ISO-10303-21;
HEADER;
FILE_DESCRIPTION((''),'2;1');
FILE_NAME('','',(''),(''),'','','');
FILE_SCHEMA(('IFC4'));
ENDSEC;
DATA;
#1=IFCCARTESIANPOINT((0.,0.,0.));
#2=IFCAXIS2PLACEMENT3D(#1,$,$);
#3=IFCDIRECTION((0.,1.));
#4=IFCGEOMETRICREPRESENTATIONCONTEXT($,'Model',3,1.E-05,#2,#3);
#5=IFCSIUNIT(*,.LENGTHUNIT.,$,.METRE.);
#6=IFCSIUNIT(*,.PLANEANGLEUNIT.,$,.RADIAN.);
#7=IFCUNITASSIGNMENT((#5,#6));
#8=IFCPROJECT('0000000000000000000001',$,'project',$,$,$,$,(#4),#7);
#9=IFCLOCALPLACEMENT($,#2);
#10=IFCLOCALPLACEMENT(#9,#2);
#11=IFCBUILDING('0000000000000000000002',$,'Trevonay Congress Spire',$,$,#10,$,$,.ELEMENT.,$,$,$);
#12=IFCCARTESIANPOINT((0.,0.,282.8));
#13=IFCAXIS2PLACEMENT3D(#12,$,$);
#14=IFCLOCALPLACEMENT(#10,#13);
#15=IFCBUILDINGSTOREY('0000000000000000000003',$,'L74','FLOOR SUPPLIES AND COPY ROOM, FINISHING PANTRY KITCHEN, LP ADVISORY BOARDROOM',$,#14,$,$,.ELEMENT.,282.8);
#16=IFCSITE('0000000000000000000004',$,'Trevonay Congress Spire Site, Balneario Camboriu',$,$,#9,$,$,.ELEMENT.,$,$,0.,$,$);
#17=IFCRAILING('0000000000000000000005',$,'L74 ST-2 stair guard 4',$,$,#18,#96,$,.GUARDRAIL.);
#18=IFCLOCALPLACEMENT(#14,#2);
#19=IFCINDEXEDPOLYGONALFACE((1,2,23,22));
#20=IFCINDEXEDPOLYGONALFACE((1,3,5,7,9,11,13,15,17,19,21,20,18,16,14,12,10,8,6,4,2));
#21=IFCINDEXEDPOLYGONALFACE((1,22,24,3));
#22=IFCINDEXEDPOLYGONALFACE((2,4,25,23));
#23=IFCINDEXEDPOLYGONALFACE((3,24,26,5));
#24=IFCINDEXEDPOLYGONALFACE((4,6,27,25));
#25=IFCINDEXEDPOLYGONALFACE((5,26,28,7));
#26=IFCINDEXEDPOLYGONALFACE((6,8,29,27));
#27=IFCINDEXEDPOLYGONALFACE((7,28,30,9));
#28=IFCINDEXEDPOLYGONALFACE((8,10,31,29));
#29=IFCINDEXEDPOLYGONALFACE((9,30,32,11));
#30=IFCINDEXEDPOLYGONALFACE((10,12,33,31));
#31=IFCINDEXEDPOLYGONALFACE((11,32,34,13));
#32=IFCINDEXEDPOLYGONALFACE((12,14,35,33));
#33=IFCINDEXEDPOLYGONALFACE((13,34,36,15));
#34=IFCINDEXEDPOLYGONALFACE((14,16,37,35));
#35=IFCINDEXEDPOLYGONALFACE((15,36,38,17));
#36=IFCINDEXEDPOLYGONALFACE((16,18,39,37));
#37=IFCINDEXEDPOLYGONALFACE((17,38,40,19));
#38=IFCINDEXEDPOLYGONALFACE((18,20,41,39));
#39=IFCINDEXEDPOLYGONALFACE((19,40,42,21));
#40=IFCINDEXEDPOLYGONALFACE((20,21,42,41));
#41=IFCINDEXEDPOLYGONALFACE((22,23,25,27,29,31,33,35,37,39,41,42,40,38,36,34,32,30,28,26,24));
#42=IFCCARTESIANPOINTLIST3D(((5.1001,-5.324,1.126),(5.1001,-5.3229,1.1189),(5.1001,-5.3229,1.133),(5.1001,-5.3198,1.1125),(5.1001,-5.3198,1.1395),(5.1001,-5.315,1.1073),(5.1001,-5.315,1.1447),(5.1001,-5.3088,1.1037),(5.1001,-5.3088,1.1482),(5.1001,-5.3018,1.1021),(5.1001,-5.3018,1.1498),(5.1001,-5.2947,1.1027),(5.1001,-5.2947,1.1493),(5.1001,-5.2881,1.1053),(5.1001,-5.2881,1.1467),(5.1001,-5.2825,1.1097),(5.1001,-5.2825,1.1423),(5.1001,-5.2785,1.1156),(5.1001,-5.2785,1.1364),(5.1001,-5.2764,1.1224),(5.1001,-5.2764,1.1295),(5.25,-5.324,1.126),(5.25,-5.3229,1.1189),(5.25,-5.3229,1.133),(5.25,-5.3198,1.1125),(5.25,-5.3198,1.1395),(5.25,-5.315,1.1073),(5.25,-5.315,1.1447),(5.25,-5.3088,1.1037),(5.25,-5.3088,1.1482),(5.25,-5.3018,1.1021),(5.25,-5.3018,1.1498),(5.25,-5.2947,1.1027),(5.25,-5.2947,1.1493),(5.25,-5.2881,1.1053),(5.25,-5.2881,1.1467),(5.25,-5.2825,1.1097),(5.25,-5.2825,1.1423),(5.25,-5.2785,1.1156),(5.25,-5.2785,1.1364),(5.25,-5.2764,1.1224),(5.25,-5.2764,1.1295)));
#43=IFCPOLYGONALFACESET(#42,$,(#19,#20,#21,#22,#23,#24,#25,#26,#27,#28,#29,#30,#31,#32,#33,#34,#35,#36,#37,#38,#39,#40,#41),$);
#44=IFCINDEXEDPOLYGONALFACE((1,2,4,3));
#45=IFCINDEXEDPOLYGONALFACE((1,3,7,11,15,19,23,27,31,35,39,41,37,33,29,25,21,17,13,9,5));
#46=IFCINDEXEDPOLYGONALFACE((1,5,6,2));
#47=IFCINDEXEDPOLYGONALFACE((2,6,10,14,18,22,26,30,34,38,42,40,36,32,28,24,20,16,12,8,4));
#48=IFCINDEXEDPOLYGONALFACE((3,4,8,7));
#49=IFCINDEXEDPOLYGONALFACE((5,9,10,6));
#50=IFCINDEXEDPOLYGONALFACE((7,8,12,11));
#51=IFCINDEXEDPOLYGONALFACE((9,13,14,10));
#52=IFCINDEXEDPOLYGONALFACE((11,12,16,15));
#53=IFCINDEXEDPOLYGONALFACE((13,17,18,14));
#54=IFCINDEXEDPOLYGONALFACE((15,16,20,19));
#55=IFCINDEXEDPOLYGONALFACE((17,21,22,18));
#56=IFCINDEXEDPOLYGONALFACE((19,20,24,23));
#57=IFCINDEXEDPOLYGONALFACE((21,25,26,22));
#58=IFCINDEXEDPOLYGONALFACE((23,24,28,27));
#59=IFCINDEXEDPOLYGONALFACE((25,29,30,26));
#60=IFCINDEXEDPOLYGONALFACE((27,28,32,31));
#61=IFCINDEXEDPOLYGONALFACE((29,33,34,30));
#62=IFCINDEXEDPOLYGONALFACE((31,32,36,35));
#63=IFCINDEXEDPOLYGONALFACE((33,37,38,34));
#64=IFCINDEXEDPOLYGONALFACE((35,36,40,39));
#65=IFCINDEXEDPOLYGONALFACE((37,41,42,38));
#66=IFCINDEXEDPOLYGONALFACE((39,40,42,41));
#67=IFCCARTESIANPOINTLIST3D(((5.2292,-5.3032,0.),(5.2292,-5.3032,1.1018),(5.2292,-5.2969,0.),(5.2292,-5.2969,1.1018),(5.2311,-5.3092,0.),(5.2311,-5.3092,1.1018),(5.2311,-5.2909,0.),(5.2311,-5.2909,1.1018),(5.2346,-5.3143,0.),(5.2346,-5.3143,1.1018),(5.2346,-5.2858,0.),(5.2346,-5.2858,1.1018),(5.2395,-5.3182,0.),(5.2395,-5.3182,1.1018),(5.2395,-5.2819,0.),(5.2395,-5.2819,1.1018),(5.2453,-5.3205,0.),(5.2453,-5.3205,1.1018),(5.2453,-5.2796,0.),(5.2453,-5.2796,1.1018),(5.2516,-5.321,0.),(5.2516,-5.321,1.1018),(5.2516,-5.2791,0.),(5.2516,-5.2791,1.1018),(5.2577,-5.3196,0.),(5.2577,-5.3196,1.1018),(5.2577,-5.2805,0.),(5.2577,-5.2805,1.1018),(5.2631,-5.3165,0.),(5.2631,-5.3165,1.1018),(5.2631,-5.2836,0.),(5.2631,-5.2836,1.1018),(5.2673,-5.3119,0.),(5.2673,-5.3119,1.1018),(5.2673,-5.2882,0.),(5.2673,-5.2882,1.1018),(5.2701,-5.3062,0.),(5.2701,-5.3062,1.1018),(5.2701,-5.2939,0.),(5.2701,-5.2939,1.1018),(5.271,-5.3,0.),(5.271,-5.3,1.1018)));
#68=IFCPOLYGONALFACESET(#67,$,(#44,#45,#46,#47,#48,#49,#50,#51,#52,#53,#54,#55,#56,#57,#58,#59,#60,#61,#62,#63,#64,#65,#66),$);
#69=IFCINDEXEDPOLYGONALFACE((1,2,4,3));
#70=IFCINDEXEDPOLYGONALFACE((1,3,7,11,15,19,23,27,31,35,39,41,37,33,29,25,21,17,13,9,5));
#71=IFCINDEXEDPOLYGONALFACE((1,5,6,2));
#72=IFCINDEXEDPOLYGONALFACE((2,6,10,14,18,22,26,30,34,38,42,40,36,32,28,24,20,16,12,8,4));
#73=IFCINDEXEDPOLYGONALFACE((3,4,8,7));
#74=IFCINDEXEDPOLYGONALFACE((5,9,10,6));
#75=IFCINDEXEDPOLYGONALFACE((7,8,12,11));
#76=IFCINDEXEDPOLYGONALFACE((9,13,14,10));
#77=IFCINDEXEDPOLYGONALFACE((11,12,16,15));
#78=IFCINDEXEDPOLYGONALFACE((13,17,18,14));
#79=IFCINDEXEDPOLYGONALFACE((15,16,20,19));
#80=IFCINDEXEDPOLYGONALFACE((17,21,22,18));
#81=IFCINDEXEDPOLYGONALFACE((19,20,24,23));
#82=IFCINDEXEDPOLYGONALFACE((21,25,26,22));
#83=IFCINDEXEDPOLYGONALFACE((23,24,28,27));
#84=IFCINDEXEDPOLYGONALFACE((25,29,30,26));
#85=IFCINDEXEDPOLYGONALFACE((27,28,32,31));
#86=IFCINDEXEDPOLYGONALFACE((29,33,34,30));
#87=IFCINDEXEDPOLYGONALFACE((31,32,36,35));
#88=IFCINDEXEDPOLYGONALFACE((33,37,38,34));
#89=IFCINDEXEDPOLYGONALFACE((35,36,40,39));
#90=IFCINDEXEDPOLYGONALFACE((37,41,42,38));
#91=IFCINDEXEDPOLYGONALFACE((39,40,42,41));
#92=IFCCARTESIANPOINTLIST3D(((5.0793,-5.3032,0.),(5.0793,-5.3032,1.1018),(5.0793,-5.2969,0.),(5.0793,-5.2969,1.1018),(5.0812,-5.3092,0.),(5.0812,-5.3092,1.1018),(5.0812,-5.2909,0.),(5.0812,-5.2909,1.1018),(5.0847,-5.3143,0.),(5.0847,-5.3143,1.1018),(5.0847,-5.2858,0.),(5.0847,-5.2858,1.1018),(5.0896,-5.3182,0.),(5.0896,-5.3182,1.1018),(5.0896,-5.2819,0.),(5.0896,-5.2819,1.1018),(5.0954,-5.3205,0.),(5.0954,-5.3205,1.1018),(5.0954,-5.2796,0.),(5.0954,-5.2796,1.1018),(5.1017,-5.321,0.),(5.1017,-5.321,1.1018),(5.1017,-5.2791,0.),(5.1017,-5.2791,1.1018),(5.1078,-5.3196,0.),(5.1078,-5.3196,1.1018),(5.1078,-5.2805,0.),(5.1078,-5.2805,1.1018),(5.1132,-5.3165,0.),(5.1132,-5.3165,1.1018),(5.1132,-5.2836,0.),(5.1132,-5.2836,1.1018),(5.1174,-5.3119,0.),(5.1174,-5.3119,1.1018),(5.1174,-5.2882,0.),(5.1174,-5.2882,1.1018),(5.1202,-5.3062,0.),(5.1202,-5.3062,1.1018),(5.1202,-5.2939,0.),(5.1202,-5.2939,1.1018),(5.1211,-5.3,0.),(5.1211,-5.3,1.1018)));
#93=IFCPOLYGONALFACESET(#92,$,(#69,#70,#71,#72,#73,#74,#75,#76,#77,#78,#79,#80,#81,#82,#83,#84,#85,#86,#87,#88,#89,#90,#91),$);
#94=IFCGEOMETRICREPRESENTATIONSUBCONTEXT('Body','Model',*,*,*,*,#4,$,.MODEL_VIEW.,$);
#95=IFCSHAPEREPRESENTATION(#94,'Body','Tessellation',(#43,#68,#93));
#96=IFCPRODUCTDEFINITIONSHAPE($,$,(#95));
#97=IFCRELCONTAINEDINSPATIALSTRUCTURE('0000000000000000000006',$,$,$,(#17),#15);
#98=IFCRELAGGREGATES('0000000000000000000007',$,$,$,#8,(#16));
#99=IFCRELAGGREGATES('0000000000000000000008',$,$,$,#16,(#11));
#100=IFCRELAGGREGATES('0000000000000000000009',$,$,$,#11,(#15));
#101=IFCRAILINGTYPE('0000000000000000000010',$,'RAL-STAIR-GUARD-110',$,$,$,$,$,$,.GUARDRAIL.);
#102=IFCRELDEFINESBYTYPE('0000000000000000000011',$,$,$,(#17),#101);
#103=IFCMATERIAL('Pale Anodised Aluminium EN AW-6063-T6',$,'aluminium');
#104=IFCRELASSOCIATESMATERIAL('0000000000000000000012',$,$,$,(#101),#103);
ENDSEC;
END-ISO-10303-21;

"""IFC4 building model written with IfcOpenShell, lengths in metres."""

from ifc_helpers import new_model, si_unit, direction, frame, origin, origin_2d, place, context, subcontext, project, spatial, circle, extrude, material, type_object, element, save


model = new_model("IFC4")

# Units and contexts
model_context = context("Model", 3, precision=1e-05, world=origin(), true_north=direction((0.0, 1.0)))
body_context = subcontext(model_context, "Body", "Model", "MODEL_VIEW")
ifc_project = project(units=[si_unit("LENGTHUNIT", "METRE"), si_unit("PLANEANGLEUNIT", "RADIAN")], contexts=[model_context])

# Site, building, storey
site_placement = place(None, origin())
site = spatial("IfcSite", under=ifc_project, at=site_placement, Name="Trevonay Congress Spire Site, Balneario Camboriu", CompositionType="ELEMENT", RefElevation=0.0)
building_placement = place(site_placement, origin())
building = spatial("IfcBuilding", under=site, at=building_placement, Name="Trevonay Congress Spire", CompositionType="ELEMENT")
storey_placement = place(building_placement, frame((0.0, 0.0, 282.8)))
storey = spatial("IfcBuildingStorey", under=building, at=storey_placement, Name="L74", Description="FLOOR SUPPLIES AND COPY ROOM, FINISHING PANTRY KITCHEN, LP ADVISORY BOARDROOM", CompositionType="ELEMENT", Elevation=282.8)

# Shared definitions
ifc_material_1 = material(Name="Pale Anodised Aluminium EN AW-6063-T6", Category="aluminium")

# Railing
railing_type_1 = type_object("IfcRailingType", Name="RAL-STAIR-GUARD-110", PredefinedType="GUARDRAIL", material=ifc_material_1)
railing_1_placement = place(storey_placement, frame((5.25, -5.3, 0.0)))
element("IfcRailing", 1, at=railing_1_placement, inside=storey, type_object=railing_type_1, Name="L74 ST-2 stair guard 4", PredefinedType="GUARDRAIL", context=body_context, shape_type="SweptSolid", body=[
    extrude(circle(Radius=0.0239, at=origin_2d()), frame((0.0, 0.0, 1.126), z_axis=(-1.0, 0.0, 0.0), x_axis=(0.0, -1.0, 0.0)), (0.0, 0.0, 1.0), 0.1499),
    extrude(circle(Radius=0.021, at=origin_2d()), origin(), (0.0, 0.0, 1.0), 1.1018),
    extrude(circle(Radius=0.021, at=origin_2d()), frame((-0.1499, 0.0, 0.0)), (0.0, 0.0, 1.0), 1.1018),
])

save(model, "model.ifc")
